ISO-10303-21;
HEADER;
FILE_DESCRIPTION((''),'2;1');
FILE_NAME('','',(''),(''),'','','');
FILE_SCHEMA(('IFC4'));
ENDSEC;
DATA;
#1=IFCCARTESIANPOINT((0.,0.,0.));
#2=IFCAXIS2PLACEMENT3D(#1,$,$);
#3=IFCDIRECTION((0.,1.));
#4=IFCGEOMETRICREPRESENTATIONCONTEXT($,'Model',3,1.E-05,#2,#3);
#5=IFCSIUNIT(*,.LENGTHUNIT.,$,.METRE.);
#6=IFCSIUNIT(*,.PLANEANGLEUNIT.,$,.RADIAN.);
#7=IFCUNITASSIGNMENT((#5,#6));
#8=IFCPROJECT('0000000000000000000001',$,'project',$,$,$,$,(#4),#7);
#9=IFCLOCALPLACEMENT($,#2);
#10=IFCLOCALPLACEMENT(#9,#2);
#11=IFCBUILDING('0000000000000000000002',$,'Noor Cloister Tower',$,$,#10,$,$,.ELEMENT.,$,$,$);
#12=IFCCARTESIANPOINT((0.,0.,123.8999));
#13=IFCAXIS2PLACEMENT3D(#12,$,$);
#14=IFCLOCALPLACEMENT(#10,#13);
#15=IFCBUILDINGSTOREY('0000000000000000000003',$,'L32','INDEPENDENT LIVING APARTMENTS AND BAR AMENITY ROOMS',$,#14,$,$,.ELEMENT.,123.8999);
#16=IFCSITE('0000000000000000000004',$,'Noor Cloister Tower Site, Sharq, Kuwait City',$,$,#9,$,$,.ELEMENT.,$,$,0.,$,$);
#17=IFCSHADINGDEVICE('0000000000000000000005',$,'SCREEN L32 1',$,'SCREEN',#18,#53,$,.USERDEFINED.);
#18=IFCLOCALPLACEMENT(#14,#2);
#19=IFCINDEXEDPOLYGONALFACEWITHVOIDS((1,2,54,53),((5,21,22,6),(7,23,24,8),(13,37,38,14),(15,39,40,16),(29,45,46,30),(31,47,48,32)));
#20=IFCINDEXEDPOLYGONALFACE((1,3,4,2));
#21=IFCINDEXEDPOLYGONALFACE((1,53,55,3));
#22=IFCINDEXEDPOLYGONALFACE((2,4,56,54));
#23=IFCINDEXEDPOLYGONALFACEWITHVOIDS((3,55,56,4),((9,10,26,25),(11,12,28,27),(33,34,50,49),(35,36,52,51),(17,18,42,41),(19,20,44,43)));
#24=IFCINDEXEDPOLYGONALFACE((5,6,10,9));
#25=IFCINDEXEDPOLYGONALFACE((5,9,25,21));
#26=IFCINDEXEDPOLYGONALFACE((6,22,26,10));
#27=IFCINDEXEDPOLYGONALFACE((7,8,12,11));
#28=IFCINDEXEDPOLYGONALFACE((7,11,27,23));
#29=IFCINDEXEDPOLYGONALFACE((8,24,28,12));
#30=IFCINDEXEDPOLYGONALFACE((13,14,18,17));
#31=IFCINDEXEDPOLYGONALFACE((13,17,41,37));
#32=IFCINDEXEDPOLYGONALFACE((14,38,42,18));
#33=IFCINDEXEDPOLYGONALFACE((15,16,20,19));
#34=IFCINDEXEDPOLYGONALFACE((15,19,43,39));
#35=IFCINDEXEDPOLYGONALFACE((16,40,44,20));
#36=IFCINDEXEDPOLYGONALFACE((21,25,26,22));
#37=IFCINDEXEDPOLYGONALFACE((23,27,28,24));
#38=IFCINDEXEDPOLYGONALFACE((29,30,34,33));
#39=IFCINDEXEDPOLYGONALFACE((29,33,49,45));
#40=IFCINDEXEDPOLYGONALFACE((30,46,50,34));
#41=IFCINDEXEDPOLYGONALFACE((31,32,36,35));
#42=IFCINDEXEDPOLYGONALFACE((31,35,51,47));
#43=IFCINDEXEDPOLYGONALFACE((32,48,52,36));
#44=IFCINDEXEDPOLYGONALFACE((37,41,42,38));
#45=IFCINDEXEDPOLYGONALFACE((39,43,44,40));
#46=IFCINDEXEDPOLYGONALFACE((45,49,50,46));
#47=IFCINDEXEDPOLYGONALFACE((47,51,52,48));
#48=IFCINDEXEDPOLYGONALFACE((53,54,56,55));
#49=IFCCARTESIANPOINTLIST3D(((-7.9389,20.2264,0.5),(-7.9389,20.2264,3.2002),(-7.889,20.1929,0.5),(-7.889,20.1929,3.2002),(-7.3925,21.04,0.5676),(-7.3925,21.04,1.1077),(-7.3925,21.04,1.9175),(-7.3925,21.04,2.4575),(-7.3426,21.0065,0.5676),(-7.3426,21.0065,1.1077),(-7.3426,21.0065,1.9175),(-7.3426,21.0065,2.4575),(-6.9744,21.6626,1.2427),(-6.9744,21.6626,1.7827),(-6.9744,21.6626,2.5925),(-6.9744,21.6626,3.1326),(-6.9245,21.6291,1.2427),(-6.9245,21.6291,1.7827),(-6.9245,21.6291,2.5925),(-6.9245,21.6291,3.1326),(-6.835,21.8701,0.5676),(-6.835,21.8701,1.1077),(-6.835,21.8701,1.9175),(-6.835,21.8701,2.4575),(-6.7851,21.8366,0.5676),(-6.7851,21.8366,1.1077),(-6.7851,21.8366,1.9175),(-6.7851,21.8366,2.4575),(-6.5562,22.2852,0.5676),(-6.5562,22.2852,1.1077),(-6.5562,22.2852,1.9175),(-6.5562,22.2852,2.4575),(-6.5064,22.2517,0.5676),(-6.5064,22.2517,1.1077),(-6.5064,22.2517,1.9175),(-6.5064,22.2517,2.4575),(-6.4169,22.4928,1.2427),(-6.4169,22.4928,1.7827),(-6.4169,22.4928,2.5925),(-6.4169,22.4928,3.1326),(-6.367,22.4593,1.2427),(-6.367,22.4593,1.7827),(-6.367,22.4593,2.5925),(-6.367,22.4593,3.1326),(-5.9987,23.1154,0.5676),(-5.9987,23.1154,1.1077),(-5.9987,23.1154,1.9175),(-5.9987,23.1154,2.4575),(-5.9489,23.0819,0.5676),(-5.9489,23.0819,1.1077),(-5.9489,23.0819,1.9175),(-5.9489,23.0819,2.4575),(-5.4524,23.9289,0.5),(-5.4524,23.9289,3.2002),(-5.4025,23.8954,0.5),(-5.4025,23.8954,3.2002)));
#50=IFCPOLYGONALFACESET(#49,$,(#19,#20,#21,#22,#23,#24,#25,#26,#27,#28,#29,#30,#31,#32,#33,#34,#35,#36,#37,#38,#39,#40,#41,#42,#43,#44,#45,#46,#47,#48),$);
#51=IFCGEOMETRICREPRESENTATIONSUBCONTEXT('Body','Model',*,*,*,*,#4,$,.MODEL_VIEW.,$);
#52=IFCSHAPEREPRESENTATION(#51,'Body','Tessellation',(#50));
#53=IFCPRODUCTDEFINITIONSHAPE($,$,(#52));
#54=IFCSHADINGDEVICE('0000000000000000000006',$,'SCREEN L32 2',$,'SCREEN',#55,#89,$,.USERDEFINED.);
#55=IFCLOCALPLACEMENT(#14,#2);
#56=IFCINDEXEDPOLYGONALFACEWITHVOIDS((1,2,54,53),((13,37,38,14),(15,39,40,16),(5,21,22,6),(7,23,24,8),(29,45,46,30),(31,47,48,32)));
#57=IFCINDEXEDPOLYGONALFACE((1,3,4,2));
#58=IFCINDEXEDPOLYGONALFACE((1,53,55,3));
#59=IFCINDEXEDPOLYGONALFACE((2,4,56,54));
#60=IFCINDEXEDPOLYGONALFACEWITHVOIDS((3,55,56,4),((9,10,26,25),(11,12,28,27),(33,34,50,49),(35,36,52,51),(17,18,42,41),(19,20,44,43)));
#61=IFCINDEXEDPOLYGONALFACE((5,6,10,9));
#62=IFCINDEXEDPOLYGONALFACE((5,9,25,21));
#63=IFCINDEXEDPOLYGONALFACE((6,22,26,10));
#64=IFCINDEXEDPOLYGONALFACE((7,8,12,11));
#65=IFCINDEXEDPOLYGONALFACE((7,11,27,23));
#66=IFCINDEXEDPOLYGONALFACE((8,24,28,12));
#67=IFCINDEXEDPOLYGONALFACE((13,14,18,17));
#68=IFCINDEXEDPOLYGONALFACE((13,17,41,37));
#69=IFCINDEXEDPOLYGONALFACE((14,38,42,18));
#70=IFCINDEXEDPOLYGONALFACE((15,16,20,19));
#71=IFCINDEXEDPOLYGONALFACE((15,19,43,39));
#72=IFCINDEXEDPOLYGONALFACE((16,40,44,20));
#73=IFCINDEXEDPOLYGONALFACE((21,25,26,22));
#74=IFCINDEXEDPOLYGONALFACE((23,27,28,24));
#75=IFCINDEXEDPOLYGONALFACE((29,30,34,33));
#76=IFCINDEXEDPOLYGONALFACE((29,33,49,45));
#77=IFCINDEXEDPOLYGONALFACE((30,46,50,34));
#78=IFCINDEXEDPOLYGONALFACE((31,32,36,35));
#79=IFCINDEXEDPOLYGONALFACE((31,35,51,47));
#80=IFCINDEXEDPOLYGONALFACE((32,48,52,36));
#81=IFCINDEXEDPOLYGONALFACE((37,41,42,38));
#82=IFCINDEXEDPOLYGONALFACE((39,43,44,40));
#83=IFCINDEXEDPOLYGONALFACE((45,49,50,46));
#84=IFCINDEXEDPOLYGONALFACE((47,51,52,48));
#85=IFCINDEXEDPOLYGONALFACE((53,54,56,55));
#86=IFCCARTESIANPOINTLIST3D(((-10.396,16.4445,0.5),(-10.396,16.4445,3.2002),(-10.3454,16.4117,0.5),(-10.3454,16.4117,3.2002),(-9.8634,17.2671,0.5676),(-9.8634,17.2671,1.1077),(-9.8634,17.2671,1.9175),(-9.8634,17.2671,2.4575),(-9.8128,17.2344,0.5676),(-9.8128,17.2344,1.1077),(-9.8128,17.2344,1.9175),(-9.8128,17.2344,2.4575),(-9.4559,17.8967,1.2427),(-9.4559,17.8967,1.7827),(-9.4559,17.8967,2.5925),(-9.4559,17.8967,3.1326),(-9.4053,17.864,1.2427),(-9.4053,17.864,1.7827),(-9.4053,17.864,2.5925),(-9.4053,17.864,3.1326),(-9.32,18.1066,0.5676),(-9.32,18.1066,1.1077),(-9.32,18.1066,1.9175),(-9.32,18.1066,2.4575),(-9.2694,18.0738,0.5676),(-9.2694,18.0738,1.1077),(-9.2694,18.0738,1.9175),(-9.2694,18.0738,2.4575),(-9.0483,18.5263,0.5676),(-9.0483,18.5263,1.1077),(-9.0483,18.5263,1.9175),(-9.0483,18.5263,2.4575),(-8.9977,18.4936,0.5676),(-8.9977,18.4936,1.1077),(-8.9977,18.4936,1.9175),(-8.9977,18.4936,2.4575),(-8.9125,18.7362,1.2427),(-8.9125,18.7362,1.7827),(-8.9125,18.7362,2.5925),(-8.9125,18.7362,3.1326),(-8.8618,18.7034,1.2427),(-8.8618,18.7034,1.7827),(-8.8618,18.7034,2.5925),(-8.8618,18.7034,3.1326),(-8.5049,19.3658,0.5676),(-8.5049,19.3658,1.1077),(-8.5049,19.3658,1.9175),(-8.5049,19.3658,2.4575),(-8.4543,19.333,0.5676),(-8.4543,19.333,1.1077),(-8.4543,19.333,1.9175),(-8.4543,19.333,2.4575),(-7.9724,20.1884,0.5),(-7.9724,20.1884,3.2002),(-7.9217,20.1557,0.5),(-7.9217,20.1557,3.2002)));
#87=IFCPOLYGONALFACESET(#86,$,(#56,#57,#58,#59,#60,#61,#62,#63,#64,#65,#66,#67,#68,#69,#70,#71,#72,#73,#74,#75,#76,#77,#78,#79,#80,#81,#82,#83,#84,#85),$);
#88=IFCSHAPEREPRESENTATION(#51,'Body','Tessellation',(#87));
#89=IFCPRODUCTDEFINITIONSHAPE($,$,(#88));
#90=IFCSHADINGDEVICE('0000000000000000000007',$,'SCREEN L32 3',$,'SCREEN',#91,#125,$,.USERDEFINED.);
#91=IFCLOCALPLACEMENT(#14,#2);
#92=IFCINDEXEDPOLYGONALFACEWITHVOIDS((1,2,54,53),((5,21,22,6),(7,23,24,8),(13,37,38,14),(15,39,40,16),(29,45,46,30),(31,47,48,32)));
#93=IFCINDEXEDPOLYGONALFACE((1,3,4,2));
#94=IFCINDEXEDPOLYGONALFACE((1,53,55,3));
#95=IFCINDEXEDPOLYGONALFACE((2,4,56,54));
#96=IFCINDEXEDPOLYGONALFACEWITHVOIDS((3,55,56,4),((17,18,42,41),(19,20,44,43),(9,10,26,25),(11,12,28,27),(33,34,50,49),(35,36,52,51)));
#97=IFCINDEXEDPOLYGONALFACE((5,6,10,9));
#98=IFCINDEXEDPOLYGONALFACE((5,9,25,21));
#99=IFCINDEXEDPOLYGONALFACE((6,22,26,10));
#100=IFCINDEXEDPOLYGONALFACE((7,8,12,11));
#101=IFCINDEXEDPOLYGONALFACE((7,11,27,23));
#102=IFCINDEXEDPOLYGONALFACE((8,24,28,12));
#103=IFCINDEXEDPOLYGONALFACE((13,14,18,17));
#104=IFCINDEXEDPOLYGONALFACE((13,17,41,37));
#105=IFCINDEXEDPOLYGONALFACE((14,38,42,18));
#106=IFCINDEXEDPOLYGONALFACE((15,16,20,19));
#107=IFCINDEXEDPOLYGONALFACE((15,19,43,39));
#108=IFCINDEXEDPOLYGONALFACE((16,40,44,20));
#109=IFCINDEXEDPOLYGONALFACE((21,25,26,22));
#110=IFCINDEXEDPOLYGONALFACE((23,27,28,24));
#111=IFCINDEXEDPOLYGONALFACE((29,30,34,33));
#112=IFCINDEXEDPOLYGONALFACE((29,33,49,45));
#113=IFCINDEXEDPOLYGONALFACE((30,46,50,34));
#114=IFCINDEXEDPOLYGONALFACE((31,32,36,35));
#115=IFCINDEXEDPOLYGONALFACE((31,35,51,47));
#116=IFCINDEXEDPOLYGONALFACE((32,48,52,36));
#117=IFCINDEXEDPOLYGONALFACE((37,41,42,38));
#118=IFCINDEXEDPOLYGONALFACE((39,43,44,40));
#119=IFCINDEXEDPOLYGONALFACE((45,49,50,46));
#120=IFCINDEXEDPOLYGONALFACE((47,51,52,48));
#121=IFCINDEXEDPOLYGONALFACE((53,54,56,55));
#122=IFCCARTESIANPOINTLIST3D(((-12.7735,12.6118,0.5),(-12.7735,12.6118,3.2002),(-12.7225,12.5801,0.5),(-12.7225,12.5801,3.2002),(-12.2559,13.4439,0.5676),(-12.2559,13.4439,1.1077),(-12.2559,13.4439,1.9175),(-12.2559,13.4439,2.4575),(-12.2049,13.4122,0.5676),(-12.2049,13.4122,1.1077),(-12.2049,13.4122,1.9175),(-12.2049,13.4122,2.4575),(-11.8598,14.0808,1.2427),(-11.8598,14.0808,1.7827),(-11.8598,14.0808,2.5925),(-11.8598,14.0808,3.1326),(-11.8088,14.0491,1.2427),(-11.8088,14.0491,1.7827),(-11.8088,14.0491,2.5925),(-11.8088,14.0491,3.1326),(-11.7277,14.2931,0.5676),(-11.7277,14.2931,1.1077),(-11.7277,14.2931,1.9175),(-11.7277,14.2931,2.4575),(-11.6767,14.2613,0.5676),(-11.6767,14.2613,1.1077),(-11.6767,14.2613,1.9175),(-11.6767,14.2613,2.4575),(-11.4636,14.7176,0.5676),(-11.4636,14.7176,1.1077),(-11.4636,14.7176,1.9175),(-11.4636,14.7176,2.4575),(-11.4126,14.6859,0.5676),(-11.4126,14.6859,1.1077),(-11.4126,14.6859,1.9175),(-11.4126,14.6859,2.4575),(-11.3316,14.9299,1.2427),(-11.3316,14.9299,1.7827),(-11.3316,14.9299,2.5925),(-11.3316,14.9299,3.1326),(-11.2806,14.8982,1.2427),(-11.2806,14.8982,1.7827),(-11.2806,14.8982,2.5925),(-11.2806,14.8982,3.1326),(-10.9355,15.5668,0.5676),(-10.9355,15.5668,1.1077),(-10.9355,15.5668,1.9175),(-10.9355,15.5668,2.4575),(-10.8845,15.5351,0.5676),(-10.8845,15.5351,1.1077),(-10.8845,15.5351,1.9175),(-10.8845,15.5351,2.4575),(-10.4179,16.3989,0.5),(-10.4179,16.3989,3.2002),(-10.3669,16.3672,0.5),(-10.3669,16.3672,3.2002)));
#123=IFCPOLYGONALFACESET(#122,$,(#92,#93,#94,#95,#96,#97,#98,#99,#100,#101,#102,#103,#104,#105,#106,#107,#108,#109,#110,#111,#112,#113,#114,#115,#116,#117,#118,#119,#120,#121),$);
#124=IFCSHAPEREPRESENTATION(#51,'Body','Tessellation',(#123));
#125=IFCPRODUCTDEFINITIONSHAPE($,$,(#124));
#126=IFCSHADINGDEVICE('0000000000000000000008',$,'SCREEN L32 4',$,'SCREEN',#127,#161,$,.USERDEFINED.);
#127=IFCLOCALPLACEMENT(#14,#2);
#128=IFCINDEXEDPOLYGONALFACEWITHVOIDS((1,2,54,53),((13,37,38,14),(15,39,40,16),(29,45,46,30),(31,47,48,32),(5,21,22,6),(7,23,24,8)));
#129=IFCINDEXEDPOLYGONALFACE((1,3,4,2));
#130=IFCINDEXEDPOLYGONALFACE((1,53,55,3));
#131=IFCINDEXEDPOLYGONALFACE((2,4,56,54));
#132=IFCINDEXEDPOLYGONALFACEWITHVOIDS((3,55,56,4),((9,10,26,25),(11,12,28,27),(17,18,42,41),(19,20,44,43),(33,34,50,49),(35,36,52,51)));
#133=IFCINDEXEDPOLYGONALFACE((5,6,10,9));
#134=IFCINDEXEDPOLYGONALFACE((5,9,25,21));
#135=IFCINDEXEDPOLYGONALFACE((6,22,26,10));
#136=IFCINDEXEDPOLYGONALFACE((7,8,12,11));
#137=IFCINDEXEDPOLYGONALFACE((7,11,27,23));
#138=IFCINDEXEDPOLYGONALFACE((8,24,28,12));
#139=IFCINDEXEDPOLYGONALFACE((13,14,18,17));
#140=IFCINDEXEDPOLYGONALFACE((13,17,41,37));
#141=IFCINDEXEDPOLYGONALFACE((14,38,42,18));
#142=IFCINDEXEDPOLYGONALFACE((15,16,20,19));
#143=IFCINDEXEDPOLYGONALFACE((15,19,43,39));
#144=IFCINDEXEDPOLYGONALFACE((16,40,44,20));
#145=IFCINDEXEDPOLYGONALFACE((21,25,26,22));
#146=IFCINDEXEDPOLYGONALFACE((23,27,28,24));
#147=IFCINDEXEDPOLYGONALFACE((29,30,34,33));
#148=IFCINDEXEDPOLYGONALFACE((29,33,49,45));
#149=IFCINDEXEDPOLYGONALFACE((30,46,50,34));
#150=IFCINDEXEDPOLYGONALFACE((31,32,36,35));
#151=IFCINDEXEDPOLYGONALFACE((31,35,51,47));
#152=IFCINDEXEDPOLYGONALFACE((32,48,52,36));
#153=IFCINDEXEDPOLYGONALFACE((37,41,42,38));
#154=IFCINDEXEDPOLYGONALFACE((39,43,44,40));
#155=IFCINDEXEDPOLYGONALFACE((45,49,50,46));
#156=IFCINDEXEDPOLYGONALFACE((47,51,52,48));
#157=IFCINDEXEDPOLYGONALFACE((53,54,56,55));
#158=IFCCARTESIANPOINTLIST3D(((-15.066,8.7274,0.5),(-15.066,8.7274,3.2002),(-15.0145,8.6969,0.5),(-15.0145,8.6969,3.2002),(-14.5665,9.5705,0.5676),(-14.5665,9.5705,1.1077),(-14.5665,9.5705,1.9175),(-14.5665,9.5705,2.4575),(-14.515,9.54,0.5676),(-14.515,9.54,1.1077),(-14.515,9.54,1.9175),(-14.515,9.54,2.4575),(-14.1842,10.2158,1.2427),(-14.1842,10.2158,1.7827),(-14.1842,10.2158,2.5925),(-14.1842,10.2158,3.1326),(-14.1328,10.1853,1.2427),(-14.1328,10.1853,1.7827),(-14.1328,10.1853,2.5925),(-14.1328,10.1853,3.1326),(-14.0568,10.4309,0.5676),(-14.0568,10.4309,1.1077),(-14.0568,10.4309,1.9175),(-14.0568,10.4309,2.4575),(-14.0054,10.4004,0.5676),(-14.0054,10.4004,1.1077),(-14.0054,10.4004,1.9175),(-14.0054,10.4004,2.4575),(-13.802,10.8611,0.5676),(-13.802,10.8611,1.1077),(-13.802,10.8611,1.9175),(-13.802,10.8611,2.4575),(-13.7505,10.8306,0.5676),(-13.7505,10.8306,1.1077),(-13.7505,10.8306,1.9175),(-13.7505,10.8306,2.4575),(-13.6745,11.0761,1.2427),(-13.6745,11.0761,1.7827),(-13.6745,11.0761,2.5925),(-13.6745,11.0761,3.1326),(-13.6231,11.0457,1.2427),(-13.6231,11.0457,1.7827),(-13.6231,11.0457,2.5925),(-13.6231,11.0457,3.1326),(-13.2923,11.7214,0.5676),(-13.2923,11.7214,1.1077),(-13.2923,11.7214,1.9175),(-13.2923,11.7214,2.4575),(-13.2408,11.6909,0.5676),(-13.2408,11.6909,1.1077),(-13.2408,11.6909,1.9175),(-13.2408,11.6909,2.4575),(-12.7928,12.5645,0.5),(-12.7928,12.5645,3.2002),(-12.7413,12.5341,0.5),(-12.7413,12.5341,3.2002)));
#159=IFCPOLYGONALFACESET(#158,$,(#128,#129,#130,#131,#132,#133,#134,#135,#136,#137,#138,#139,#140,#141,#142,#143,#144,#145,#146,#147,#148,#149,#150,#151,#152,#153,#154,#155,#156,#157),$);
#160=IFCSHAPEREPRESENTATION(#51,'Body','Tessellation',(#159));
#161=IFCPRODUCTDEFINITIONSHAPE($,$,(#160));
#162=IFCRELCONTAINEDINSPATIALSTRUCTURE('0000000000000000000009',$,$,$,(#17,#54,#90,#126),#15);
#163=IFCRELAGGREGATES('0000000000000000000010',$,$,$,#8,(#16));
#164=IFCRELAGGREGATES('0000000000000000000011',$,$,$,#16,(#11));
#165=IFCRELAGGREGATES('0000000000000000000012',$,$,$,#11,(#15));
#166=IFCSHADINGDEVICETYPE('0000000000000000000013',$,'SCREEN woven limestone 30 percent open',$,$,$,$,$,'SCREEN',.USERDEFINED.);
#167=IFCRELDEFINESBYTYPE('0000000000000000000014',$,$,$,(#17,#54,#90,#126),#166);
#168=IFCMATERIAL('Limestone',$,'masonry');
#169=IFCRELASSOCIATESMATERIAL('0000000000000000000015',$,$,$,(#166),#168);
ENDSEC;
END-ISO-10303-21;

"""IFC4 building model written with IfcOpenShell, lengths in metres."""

from ifc_helpers import new_model, si_unit, direction, frame, origin, place, context, subcontext, project, spatial, polyline, outline, extrude, material, material_profile, profile_set, type_object, element, save


model = new_model("IFC4")

# Units and contexts
model_context = context("Model", 3, precision=1e-05, world=origin(), true_north=direction((0.0, 1.0)))
body_context = subcontext(model_context, "Body", "Model", "MODEL_VIEW")
ifc_project = project(units=[si_unit("LENGTHUNIT", "METRE"), si_unit("PLANEANGLEUNIT", "RADIAN")], contexts=[model_context])

# Site, building, storey
site_placement = place(None, origin())
site = spatial("IfcSite", under=ifc_project, at=site_placement, Name="Noor Cloister Tower Site, Sharq, Kuwait City", CompositionType="ELEMENT", RefElevation=0.0)
building_placement = place(site_placement, origin())
building = spatial("IfcBuilding", under=site, at=building_placement, Name="Noor Cloister Tower", CompositionType="ELEMENT")
storey_placement = place(building_placement, frame((0.0, 0.0, 123.8999)))
storey = spatial("IfcBuildingStorey", under=building, at=storey_placement, Name="L32", Description="INDEPENDENT LIVING APARTMENTS AND BAR AMENITY ROOMS", CompositionType="ELEMENT", Elevation=123.8999)

# Shading devices
ifc_material_1 = material(Name="Limestone", Category="masonry")
ifc_material_profile_1 = material_profile(ifc_material_1, outline(polyline([(-2.23, -1.3501), (2.23, -1.3501), (2.23, 1.3501), (-2.23, 1.3501), (-2.23, -1.3501)]), holes=[polyline([(-1.25, -1.2825), (-0.25, -1.2825), (-0.25, -0.7424), (-1.25, -0.7424), (-1.25, -1.2825)]), polyline([(0.25, -1.2825), (1.25, -1.2825), (1.25, -0.7424), (0.25, -0.7424), (0.25, -1.2825)]), polyline([(-0.5, -0.6074), (0.5, -0.6074), (0.5, -0.0674), (-0.5, -0.0674), (-0.5, -0.6074)]), polyline([(-1.25, 0.0674), (-0.25, 0.0674), (-0.25, 0.6074), (-1.25, 0.6074), (-1.25, 0.0674)]), polyline([(0.25, 0.0674), (1.25, 0.0674), (1.25, 0.6074), (0.25, 0.6074), (0.25, 0.0674)]), polyline([(-0.5, 0.7424), (0.5, 0.7424), (0.5, 1.2825), (-0.5, 1.2825), (-0.5, 0.7424)])]), Name="Woven screen 30 percent open")
ifc_profile_set_1 = profile_set([ifc_material_profile_1], Name="Limestone")
shading_device_type = type_object("IfcShadingDeviceType", Name="SCREEN woven limestone 30 percent open", ElementType="SCREEN", PredefinedType="USERDEFINED", material=ifc_profile_set_1)
shading_device_1_placement = place(storey_placement, frame((-6.6458, 22.0442, 1.8501), z_axis=(-0.830167, 0.557514, 0.0), x_axis=(-0.557514, -0.830167, 0.0)))
element("IfcShadingDevice", 1, at=shading_device_1_placement, inside=storey, type_object=shading_device_type, Name="SCREEN L32 1", ObjectType="SCREEN", PredefinedType="USERDEFINED", context=body_context, shape_type="SweptSolid", body=[
    extrude(outline(polyline([(-2.23, -1.3501), (2.23, -1.3501), (2.23, 1.3501), (-2.23, 1.3501), (-2.23, -1.3501)]), holes=[polyline([(-1.25, -1.2825), (-0.25, -1.2825), (-0.25, -0.7424), (-1.25, -0.7424), (-1.25, -1.2825)]), polyline([(0.25, -1.2825), (1.25, -1.2825), (1.25, -0.7424), (0.25, -0.7424), (0.25, -1.2825)]), polyline([(-0.5, -0.6074), (0.5, -0.6074), (0.5, -0.0674), (-0.5, -0.0674), (-0.5, -0.6074)]), polyline([(-1.25, 0.0674), (-0.25, 0.0674), (-0.25, 0.6074), (-1.25, 0.6074), (-1.25, 0.0674)]), polyline([(0.25, 0.0674), (1.25, 0.0674), (1.25, 0.6074), (0.25, 0.6074), (0.25, 0.0674)]), polyline([(-0.5, 0.7424), (0.5, 0.7424), (0.5, 1.2825), (-0.5, 1.2825), (-0.5, 0.7424)])]), origin(), (0.0, 0.0, 1.0), 0.0601),
])
shading_device_2_placement = place(storey_placement, frame((-9.1335, 18.2837, 1.8501), z_axis=(-0.839461, 0.543419, 0.0), x_axis=(-0.543419, -0.839461, 0.0)))
element("IfcShadingDevice", 2, at=shading_device_2_placement, inside=storey, type_object=shading_device_type, Name="SCREEN L32 2", ObjectType="SCREEN", PredefinedType="USERDEFINED", context=body_context, shape_type="SweptSolid", body=[
    extrude(outline(polyline([(-2.23, -1.3501), (2.23, -1.3501), (2.23, 1.3501), (-2.23, 1.3501), (-2.23, -1.3501)]), holes=[polyline([(-1.25, -1.2825), (-0.25, -1.2825), (-0.25, -0.7424), (-1.25, -0.7424), (-1.25, -1.2825)]), polyline([(0.25, -1.2825), (1.25, -1.2825), (1.25, -0.7424), (0.25, -0.7424), (0.25, -1.2825)]), polyline([(-0.5, -0.6074), (0.5, -0.6074), (0.5, -0.0674), (-0.5, -0.0674), (-0.5, -0.6074)]), polyline([(-1.25, 0.0674), (-0.25, 0.0674), (-0.25, 0.6074), (-1.25, 0.6074), (-1.25, 0.0674)]), polyline([(0.25, 0.0674), (1.25, 0.0674), (1.25, 0.6074), (0.25, 0.6074), (0.25, 0.0674)]), polyline([(-0.5, 0.7424), (0.5, 0.7424), (0.5, 1.2825), (-0.5, 1.2825), (-0.5, 0.7424)])]), origin(), (0.0, 0.0, 1.0), 0.0603),
])
shading_device_3_placement = place(storey_placement, frame((-11.5447, 14.4736, 1.8501), z_axis=(-0.849138, 0.528172, 0.0), x_axis=(-0.528172, -0.849138, 0.0)))
element("IfcShadingDevice", 3, at=shading_device_3_placement, inside=storey, type_object=shading_device_type, Name="SCREEN L32 3", ObjectType="SCREEN", PredefinedType="USERDEFINED", context=body_context, shape_type="SweptSolid", body=[
    extrude(outline(polyline([(-2.23, -1.3501), (2.23, -1.3501), (2.23, 1.3501), (-2.23, 1.3501), (-2.23, -1.3501)]), holes=[polyline([(-1.25, -1.2825), (-0.25, -1.2825), (-0.25, -0.7424), (-1.25, -0.7424), (-1.25, -1.2825)]), polyline([(0.25, -1.2825), (1.25, -1.2825), (1.25, -0.7424), (0.25, -0.7424), (0.25, -1.2825)]), polyline([(-0.5, -0.6074), (0.5, -0.6074), (0.5, -0.0674), (-0.5, -0.0674), (-0.5, -0.6074)]), polyline([(-1.25, 0.0674), (-0.25, 0.0674), (-0.25, 0.6074), (-1.25, 0.6074), (-1.25, 0.0674)]), polyline([(0.25, 0.0674), (1.25, 0.0674), (1.25, 0.6074), (0.25, 0.6074), (0.25, 0.0674)]), polyline([(-0.5, 0.7424), (0.5, 0.7424), (0.5, 1.2825), (-0.5, 1.2825), (-0.5, 0.7424)])]), origin(), (0.0, 0.0, 1.0), 0.0601),
])
shading_device_4_placement = place(storey_placement, frame((-13.8779, 10.6155, 1.8501), z_axis=(-0.860358, 0.509691, 0.0), x_axis=(-0.509691, -0.860358, 0.0)))
element("IfcShadingDevice", 4, at=shading_device_4_placement, inside=storey, type_object=shading_device_type, Name="SCREEN L32 4", ObjectType="SCREEN", PredefinedType="USERDEFINED", context=body_context, shape_type="SweptSolid", body=[
    extrude(outline(polyline([(-2.23, -1.3501), (2.23, -1.3501), (2.23, 1.3501), (-2.23, 1.3501), (-2.23, -1.3501)]), holes=[polyline([(-1.25, -1.2825), (-0.25, -1.2825), (-0.25, -0.7424), (-1.25, -0.7424), (-1.25, -1.2825)]), polyline([(0.25, -1.2825), (1.25, -1.2825), (1.25, -0.7424), (0.25, -0.7424), (0.25, -1.2825)]), polyline([(-0.5, -0.6074), (0.5, -0.6074), (0.5, -0.0674), (-0.5, -0.0674), (-0.5, -0.6074)]), polyline([(-1.25, 0.0674), (-0.25, 0.0674), (-0.25, 0.6074), (-1.25, 0.6074), (-1.25, 0.0674)]), polyline([(0.25, 0.0674), (1.25, 0.0674), (1.25, 0.6074), (0.25, 0.6074), (0.25, 0.0674)]), polyline([(-0.5, 0.7424), (0.5, 0.7424), (0.5, 1.2825), (-0.5, 1.2825), (-0.5, 0.7424)])]), origin(), (0.0, 0.0, 1.0), 0.0598),
])

save(model, "model.ifc")
